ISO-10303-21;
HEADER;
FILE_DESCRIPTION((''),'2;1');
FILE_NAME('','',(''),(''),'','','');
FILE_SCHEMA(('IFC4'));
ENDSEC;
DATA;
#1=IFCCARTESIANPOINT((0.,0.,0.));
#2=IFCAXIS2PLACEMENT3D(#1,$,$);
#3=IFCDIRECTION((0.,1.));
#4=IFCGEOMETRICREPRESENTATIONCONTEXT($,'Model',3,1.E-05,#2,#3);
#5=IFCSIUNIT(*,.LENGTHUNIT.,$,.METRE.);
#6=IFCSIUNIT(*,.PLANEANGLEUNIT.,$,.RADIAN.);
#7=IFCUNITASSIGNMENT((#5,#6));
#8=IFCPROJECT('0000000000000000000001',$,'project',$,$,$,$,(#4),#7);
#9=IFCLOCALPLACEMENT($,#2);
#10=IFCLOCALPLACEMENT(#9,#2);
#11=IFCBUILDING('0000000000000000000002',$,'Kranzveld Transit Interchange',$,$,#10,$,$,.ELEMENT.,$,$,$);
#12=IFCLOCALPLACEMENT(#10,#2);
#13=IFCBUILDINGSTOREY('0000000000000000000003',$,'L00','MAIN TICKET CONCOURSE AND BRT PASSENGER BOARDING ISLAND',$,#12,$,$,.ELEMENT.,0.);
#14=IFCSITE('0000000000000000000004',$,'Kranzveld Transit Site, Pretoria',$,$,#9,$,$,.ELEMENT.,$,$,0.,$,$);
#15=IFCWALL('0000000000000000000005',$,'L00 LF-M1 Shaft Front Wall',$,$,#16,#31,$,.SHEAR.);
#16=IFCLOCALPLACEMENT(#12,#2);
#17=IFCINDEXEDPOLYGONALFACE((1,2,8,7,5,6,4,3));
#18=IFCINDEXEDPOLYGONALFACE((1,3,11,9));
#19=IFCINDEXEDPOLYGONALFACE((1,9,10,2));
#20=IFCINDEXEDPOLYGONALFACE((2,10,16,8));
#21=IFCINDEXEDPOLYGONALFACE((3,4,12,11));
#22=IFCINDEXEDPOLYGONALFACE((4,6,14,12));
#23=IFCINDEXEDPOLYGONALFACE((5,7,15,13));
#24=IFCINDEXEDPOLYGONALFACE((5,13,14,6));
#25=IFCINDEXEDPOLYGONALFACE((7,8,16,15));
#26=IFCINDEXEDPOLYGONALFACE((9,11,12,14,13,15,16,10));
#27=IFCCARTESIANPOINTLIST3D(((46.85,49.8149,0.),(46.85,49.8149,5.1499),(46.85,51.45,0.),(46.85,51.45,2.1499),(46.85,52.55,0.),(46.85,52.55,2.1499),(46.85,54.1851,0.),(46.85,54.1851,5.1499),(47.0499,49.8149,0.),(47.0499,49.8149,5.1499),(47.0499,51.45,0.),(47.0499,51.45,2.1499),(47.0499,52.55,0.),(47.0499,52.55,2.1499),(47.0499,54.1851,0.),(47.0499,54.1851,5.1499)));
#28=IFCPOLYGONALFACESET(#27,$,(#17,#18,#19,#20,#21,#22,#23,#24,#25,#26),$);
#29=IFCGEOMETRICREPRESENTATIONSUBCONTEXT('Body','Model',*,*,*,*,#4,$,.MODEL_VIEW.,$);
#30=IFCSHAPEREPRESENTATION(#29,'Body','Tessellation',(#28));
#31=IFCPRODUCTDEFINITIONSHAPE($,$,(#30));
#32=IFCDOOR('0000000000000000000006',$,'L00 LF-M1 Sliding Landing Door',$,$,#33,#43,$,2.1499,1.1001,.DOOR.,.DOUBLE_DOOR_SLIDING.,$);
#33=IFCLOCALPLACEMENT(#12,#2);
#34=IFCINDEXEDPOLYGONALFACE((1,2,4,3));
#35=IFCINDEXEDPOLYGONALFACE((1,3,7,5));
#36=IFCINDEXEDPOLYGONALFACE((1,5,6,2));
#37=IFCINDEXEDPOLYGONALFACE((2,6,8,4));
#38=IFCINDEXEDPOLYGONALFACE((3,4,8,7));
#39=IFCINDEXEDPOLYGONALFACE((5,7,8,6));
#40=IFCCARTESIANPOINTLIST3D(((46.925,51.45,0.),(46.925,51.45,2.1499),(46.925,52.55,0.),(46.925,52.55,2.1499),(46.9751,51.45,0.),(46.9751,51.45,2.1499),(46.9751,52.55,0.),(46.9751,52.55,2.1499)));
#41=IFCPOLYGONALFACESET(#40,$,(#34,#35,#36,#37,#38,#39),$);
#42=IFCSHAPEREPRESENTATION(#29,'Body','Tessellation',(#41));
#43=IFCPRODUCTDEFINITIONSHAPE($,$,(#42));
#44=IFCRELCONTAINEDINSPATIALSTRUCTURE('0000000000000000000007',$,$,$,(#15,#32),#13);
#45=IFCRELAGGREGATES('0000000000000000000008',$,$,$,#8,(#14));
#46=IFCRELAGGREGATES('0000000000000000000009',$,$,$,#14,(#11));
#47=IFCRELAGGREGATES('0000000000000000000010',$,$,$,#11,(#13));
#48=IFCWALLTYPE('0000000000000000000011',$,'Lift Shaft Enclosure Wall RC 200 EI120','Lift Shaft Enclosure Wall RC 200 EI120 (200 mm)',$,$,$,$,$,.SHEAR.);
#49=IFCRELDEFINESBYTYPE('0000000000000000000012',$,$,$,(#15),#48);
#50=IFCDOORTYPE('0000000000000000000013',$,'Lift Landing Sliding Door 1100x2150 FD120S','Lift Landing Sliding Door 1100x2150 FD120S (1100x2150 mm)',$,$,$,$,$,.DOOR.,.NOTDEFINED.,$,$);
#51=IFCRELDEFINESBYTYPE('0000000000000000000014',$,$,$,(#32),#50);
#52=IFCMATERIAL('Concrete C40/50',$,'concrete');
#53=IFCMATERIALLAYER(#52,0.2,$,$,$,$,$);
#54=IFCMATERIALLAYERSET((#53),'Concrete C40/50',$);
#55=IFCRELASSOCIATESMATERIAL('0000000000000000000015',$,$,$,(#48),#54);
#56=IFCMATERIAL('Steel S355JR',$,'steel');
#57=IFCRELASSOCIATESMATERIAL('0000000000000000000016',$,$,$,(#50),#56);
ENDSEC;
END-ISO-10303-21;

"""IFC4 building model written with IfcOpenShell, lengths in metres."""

from ifc_helpers import new_model, si_unit, direction, frame, frame_2d, origin, place, context, subcontext, project, spatial, rectangle, extrude, material, layer, layer_set, type_object, element, fill, save


model = new_model("IFC4")

# Units and contexts
model_context = context("Model", 3, precision=1e-05, world=origin(), true_north=direction((0.0, 1.0)))
body_context = subcontext(model_context, "Body", "Model", "MODEL_VIEW")
ifc_project = project(units=[si_unit("LENGTHUNIT", "METRE"), si_unit("PLANEANGLEUNIT", "RADIAN")], contexts=[model_context])

# Site, building, storey
site_placement = place(None, origin())
site = spatial("IfcSite", under=ifc_project, at=site_placement, Name="Kranzveld Transit Site, Pretoria", CompositionType="ELEMENT", RefElevation=0.0)
building_placement = place(site_placement, origin())
building = spatial("IfcBuilding", under=site, at=building_placement, Name="Kranzveld Transit Interchange", CompositionType="ELEMENT")
storey_placement = place(building_placement, origin())
storey = spatial("IfcBuildingStorey", under=building, at=storey_placement, Name="L00", Description="MAIN TICKET CONCOURSE AND BRT PASSENGER BOARDING ISLAND", CompositionType="ELEMENT", Elevation=0.0)

# Shared definitions
ifc_material_1 = material(Name="Concrete C40/50", Category="concrete")
ifc_layer_1 = layer(ifc_material_1, 0.2)
ifc_layer_set_1 = layer_set([ifc_layer_1], Name="Concrete C40/50")
wall_type_1 = type_object("IfcWallType", Name="Lift Shaft Enclosure Wall RC 200 EI120", Description="Lift Shaft Enclosure Wall RC 200 EI120 (200 mm)", PredefinedType="SHEAR", material=ifc_layer_set_1)

# Wall, opening, door
wall_1_placement = place(storey_placement, frame((46.95, 49.8149, 0.0), z_axis=(0.0, 0.0, 1.0), x_axis=(0.0, 1.0, 0.0)))
wall_1 = element("IfcWall", 1, at=wall_1_placement, inside=storey, type_object=wall_type_1, Name="L00 LF-M1 Shaft Front Wall", PredefinedType="SHEAR", context=body_context, shape_type="SweptSolid", body=[
    extrude(rectangle(XDim=4.3701, YDim=0.2, at=frame_2d((2.1851, 0.0))), origin(), (0.0, 0.0, 1.0), 5.1499),
])
opening_1_placement = place(wall_1_placement, frame((1.635, 0.0, 0.0), z_axis=(0.0, 0.0, 1.0), x_axis=(1.0, 0.0, 0.0)))
opening_1 = element("IfcOpeningElement", 2, at=opening_1_placement, cuts=wall_1, PredefinedType="OPENING", context=body_context, shape_type="SweptSolid", body=[
    extrude(rectangle(XDim=1.1001, YDim=2.1499, at=frame_2d((0.55, 1.075))), frame((0.0, 0.1099, 0.0), z_axis=(0.0, -1.0, 0.0), x_axis=(1.0, 0.0, 0.0)), (0.0, 0.0, 1.0), 0.22),
])
ifc_material_2 = material(Name="Steel S355JR", Category="steel")
door_type_1 = type_object("IfcDoorType", Name="Lift Landing Sliding Door 1100x2150 FD120S", Description="Lift Landing Sliding Door 1100x2150 FD120S (1100x2150 mm)", OperationType="NOTDEFINED", PredefinedType="DOOR", material=ifc_material_2)
door_1_placement = place(opening_1_placement, origin())
door_1 = element("IfcDoor", 3, at=door_1_placement, inside=storey, type_object=door_type_1, Name="L00 LF-M1 Sliding Landing Door", OperationType="DOUBLE_DOOR_SLIDING", OverallHeight=2.1499, OverallWidth=1.1001, PredefinedType="DOOR", context=body_context, shape_type="SweptSolid", body=[
    extrude(rectangle(XDim=1.1001, YDim=2.1499, at=frame_2d((0.55, 1.075))), frame((0.0, 0.0249, 0.0), z_axis=(0.0, -1.0, 0.0), x_axis=(1.0, 0.0, 0.0)), (0.0, 0.0, 1.0), 0.05),
])
fill(opening_1, door_1)

save(model, "model.ifc")
